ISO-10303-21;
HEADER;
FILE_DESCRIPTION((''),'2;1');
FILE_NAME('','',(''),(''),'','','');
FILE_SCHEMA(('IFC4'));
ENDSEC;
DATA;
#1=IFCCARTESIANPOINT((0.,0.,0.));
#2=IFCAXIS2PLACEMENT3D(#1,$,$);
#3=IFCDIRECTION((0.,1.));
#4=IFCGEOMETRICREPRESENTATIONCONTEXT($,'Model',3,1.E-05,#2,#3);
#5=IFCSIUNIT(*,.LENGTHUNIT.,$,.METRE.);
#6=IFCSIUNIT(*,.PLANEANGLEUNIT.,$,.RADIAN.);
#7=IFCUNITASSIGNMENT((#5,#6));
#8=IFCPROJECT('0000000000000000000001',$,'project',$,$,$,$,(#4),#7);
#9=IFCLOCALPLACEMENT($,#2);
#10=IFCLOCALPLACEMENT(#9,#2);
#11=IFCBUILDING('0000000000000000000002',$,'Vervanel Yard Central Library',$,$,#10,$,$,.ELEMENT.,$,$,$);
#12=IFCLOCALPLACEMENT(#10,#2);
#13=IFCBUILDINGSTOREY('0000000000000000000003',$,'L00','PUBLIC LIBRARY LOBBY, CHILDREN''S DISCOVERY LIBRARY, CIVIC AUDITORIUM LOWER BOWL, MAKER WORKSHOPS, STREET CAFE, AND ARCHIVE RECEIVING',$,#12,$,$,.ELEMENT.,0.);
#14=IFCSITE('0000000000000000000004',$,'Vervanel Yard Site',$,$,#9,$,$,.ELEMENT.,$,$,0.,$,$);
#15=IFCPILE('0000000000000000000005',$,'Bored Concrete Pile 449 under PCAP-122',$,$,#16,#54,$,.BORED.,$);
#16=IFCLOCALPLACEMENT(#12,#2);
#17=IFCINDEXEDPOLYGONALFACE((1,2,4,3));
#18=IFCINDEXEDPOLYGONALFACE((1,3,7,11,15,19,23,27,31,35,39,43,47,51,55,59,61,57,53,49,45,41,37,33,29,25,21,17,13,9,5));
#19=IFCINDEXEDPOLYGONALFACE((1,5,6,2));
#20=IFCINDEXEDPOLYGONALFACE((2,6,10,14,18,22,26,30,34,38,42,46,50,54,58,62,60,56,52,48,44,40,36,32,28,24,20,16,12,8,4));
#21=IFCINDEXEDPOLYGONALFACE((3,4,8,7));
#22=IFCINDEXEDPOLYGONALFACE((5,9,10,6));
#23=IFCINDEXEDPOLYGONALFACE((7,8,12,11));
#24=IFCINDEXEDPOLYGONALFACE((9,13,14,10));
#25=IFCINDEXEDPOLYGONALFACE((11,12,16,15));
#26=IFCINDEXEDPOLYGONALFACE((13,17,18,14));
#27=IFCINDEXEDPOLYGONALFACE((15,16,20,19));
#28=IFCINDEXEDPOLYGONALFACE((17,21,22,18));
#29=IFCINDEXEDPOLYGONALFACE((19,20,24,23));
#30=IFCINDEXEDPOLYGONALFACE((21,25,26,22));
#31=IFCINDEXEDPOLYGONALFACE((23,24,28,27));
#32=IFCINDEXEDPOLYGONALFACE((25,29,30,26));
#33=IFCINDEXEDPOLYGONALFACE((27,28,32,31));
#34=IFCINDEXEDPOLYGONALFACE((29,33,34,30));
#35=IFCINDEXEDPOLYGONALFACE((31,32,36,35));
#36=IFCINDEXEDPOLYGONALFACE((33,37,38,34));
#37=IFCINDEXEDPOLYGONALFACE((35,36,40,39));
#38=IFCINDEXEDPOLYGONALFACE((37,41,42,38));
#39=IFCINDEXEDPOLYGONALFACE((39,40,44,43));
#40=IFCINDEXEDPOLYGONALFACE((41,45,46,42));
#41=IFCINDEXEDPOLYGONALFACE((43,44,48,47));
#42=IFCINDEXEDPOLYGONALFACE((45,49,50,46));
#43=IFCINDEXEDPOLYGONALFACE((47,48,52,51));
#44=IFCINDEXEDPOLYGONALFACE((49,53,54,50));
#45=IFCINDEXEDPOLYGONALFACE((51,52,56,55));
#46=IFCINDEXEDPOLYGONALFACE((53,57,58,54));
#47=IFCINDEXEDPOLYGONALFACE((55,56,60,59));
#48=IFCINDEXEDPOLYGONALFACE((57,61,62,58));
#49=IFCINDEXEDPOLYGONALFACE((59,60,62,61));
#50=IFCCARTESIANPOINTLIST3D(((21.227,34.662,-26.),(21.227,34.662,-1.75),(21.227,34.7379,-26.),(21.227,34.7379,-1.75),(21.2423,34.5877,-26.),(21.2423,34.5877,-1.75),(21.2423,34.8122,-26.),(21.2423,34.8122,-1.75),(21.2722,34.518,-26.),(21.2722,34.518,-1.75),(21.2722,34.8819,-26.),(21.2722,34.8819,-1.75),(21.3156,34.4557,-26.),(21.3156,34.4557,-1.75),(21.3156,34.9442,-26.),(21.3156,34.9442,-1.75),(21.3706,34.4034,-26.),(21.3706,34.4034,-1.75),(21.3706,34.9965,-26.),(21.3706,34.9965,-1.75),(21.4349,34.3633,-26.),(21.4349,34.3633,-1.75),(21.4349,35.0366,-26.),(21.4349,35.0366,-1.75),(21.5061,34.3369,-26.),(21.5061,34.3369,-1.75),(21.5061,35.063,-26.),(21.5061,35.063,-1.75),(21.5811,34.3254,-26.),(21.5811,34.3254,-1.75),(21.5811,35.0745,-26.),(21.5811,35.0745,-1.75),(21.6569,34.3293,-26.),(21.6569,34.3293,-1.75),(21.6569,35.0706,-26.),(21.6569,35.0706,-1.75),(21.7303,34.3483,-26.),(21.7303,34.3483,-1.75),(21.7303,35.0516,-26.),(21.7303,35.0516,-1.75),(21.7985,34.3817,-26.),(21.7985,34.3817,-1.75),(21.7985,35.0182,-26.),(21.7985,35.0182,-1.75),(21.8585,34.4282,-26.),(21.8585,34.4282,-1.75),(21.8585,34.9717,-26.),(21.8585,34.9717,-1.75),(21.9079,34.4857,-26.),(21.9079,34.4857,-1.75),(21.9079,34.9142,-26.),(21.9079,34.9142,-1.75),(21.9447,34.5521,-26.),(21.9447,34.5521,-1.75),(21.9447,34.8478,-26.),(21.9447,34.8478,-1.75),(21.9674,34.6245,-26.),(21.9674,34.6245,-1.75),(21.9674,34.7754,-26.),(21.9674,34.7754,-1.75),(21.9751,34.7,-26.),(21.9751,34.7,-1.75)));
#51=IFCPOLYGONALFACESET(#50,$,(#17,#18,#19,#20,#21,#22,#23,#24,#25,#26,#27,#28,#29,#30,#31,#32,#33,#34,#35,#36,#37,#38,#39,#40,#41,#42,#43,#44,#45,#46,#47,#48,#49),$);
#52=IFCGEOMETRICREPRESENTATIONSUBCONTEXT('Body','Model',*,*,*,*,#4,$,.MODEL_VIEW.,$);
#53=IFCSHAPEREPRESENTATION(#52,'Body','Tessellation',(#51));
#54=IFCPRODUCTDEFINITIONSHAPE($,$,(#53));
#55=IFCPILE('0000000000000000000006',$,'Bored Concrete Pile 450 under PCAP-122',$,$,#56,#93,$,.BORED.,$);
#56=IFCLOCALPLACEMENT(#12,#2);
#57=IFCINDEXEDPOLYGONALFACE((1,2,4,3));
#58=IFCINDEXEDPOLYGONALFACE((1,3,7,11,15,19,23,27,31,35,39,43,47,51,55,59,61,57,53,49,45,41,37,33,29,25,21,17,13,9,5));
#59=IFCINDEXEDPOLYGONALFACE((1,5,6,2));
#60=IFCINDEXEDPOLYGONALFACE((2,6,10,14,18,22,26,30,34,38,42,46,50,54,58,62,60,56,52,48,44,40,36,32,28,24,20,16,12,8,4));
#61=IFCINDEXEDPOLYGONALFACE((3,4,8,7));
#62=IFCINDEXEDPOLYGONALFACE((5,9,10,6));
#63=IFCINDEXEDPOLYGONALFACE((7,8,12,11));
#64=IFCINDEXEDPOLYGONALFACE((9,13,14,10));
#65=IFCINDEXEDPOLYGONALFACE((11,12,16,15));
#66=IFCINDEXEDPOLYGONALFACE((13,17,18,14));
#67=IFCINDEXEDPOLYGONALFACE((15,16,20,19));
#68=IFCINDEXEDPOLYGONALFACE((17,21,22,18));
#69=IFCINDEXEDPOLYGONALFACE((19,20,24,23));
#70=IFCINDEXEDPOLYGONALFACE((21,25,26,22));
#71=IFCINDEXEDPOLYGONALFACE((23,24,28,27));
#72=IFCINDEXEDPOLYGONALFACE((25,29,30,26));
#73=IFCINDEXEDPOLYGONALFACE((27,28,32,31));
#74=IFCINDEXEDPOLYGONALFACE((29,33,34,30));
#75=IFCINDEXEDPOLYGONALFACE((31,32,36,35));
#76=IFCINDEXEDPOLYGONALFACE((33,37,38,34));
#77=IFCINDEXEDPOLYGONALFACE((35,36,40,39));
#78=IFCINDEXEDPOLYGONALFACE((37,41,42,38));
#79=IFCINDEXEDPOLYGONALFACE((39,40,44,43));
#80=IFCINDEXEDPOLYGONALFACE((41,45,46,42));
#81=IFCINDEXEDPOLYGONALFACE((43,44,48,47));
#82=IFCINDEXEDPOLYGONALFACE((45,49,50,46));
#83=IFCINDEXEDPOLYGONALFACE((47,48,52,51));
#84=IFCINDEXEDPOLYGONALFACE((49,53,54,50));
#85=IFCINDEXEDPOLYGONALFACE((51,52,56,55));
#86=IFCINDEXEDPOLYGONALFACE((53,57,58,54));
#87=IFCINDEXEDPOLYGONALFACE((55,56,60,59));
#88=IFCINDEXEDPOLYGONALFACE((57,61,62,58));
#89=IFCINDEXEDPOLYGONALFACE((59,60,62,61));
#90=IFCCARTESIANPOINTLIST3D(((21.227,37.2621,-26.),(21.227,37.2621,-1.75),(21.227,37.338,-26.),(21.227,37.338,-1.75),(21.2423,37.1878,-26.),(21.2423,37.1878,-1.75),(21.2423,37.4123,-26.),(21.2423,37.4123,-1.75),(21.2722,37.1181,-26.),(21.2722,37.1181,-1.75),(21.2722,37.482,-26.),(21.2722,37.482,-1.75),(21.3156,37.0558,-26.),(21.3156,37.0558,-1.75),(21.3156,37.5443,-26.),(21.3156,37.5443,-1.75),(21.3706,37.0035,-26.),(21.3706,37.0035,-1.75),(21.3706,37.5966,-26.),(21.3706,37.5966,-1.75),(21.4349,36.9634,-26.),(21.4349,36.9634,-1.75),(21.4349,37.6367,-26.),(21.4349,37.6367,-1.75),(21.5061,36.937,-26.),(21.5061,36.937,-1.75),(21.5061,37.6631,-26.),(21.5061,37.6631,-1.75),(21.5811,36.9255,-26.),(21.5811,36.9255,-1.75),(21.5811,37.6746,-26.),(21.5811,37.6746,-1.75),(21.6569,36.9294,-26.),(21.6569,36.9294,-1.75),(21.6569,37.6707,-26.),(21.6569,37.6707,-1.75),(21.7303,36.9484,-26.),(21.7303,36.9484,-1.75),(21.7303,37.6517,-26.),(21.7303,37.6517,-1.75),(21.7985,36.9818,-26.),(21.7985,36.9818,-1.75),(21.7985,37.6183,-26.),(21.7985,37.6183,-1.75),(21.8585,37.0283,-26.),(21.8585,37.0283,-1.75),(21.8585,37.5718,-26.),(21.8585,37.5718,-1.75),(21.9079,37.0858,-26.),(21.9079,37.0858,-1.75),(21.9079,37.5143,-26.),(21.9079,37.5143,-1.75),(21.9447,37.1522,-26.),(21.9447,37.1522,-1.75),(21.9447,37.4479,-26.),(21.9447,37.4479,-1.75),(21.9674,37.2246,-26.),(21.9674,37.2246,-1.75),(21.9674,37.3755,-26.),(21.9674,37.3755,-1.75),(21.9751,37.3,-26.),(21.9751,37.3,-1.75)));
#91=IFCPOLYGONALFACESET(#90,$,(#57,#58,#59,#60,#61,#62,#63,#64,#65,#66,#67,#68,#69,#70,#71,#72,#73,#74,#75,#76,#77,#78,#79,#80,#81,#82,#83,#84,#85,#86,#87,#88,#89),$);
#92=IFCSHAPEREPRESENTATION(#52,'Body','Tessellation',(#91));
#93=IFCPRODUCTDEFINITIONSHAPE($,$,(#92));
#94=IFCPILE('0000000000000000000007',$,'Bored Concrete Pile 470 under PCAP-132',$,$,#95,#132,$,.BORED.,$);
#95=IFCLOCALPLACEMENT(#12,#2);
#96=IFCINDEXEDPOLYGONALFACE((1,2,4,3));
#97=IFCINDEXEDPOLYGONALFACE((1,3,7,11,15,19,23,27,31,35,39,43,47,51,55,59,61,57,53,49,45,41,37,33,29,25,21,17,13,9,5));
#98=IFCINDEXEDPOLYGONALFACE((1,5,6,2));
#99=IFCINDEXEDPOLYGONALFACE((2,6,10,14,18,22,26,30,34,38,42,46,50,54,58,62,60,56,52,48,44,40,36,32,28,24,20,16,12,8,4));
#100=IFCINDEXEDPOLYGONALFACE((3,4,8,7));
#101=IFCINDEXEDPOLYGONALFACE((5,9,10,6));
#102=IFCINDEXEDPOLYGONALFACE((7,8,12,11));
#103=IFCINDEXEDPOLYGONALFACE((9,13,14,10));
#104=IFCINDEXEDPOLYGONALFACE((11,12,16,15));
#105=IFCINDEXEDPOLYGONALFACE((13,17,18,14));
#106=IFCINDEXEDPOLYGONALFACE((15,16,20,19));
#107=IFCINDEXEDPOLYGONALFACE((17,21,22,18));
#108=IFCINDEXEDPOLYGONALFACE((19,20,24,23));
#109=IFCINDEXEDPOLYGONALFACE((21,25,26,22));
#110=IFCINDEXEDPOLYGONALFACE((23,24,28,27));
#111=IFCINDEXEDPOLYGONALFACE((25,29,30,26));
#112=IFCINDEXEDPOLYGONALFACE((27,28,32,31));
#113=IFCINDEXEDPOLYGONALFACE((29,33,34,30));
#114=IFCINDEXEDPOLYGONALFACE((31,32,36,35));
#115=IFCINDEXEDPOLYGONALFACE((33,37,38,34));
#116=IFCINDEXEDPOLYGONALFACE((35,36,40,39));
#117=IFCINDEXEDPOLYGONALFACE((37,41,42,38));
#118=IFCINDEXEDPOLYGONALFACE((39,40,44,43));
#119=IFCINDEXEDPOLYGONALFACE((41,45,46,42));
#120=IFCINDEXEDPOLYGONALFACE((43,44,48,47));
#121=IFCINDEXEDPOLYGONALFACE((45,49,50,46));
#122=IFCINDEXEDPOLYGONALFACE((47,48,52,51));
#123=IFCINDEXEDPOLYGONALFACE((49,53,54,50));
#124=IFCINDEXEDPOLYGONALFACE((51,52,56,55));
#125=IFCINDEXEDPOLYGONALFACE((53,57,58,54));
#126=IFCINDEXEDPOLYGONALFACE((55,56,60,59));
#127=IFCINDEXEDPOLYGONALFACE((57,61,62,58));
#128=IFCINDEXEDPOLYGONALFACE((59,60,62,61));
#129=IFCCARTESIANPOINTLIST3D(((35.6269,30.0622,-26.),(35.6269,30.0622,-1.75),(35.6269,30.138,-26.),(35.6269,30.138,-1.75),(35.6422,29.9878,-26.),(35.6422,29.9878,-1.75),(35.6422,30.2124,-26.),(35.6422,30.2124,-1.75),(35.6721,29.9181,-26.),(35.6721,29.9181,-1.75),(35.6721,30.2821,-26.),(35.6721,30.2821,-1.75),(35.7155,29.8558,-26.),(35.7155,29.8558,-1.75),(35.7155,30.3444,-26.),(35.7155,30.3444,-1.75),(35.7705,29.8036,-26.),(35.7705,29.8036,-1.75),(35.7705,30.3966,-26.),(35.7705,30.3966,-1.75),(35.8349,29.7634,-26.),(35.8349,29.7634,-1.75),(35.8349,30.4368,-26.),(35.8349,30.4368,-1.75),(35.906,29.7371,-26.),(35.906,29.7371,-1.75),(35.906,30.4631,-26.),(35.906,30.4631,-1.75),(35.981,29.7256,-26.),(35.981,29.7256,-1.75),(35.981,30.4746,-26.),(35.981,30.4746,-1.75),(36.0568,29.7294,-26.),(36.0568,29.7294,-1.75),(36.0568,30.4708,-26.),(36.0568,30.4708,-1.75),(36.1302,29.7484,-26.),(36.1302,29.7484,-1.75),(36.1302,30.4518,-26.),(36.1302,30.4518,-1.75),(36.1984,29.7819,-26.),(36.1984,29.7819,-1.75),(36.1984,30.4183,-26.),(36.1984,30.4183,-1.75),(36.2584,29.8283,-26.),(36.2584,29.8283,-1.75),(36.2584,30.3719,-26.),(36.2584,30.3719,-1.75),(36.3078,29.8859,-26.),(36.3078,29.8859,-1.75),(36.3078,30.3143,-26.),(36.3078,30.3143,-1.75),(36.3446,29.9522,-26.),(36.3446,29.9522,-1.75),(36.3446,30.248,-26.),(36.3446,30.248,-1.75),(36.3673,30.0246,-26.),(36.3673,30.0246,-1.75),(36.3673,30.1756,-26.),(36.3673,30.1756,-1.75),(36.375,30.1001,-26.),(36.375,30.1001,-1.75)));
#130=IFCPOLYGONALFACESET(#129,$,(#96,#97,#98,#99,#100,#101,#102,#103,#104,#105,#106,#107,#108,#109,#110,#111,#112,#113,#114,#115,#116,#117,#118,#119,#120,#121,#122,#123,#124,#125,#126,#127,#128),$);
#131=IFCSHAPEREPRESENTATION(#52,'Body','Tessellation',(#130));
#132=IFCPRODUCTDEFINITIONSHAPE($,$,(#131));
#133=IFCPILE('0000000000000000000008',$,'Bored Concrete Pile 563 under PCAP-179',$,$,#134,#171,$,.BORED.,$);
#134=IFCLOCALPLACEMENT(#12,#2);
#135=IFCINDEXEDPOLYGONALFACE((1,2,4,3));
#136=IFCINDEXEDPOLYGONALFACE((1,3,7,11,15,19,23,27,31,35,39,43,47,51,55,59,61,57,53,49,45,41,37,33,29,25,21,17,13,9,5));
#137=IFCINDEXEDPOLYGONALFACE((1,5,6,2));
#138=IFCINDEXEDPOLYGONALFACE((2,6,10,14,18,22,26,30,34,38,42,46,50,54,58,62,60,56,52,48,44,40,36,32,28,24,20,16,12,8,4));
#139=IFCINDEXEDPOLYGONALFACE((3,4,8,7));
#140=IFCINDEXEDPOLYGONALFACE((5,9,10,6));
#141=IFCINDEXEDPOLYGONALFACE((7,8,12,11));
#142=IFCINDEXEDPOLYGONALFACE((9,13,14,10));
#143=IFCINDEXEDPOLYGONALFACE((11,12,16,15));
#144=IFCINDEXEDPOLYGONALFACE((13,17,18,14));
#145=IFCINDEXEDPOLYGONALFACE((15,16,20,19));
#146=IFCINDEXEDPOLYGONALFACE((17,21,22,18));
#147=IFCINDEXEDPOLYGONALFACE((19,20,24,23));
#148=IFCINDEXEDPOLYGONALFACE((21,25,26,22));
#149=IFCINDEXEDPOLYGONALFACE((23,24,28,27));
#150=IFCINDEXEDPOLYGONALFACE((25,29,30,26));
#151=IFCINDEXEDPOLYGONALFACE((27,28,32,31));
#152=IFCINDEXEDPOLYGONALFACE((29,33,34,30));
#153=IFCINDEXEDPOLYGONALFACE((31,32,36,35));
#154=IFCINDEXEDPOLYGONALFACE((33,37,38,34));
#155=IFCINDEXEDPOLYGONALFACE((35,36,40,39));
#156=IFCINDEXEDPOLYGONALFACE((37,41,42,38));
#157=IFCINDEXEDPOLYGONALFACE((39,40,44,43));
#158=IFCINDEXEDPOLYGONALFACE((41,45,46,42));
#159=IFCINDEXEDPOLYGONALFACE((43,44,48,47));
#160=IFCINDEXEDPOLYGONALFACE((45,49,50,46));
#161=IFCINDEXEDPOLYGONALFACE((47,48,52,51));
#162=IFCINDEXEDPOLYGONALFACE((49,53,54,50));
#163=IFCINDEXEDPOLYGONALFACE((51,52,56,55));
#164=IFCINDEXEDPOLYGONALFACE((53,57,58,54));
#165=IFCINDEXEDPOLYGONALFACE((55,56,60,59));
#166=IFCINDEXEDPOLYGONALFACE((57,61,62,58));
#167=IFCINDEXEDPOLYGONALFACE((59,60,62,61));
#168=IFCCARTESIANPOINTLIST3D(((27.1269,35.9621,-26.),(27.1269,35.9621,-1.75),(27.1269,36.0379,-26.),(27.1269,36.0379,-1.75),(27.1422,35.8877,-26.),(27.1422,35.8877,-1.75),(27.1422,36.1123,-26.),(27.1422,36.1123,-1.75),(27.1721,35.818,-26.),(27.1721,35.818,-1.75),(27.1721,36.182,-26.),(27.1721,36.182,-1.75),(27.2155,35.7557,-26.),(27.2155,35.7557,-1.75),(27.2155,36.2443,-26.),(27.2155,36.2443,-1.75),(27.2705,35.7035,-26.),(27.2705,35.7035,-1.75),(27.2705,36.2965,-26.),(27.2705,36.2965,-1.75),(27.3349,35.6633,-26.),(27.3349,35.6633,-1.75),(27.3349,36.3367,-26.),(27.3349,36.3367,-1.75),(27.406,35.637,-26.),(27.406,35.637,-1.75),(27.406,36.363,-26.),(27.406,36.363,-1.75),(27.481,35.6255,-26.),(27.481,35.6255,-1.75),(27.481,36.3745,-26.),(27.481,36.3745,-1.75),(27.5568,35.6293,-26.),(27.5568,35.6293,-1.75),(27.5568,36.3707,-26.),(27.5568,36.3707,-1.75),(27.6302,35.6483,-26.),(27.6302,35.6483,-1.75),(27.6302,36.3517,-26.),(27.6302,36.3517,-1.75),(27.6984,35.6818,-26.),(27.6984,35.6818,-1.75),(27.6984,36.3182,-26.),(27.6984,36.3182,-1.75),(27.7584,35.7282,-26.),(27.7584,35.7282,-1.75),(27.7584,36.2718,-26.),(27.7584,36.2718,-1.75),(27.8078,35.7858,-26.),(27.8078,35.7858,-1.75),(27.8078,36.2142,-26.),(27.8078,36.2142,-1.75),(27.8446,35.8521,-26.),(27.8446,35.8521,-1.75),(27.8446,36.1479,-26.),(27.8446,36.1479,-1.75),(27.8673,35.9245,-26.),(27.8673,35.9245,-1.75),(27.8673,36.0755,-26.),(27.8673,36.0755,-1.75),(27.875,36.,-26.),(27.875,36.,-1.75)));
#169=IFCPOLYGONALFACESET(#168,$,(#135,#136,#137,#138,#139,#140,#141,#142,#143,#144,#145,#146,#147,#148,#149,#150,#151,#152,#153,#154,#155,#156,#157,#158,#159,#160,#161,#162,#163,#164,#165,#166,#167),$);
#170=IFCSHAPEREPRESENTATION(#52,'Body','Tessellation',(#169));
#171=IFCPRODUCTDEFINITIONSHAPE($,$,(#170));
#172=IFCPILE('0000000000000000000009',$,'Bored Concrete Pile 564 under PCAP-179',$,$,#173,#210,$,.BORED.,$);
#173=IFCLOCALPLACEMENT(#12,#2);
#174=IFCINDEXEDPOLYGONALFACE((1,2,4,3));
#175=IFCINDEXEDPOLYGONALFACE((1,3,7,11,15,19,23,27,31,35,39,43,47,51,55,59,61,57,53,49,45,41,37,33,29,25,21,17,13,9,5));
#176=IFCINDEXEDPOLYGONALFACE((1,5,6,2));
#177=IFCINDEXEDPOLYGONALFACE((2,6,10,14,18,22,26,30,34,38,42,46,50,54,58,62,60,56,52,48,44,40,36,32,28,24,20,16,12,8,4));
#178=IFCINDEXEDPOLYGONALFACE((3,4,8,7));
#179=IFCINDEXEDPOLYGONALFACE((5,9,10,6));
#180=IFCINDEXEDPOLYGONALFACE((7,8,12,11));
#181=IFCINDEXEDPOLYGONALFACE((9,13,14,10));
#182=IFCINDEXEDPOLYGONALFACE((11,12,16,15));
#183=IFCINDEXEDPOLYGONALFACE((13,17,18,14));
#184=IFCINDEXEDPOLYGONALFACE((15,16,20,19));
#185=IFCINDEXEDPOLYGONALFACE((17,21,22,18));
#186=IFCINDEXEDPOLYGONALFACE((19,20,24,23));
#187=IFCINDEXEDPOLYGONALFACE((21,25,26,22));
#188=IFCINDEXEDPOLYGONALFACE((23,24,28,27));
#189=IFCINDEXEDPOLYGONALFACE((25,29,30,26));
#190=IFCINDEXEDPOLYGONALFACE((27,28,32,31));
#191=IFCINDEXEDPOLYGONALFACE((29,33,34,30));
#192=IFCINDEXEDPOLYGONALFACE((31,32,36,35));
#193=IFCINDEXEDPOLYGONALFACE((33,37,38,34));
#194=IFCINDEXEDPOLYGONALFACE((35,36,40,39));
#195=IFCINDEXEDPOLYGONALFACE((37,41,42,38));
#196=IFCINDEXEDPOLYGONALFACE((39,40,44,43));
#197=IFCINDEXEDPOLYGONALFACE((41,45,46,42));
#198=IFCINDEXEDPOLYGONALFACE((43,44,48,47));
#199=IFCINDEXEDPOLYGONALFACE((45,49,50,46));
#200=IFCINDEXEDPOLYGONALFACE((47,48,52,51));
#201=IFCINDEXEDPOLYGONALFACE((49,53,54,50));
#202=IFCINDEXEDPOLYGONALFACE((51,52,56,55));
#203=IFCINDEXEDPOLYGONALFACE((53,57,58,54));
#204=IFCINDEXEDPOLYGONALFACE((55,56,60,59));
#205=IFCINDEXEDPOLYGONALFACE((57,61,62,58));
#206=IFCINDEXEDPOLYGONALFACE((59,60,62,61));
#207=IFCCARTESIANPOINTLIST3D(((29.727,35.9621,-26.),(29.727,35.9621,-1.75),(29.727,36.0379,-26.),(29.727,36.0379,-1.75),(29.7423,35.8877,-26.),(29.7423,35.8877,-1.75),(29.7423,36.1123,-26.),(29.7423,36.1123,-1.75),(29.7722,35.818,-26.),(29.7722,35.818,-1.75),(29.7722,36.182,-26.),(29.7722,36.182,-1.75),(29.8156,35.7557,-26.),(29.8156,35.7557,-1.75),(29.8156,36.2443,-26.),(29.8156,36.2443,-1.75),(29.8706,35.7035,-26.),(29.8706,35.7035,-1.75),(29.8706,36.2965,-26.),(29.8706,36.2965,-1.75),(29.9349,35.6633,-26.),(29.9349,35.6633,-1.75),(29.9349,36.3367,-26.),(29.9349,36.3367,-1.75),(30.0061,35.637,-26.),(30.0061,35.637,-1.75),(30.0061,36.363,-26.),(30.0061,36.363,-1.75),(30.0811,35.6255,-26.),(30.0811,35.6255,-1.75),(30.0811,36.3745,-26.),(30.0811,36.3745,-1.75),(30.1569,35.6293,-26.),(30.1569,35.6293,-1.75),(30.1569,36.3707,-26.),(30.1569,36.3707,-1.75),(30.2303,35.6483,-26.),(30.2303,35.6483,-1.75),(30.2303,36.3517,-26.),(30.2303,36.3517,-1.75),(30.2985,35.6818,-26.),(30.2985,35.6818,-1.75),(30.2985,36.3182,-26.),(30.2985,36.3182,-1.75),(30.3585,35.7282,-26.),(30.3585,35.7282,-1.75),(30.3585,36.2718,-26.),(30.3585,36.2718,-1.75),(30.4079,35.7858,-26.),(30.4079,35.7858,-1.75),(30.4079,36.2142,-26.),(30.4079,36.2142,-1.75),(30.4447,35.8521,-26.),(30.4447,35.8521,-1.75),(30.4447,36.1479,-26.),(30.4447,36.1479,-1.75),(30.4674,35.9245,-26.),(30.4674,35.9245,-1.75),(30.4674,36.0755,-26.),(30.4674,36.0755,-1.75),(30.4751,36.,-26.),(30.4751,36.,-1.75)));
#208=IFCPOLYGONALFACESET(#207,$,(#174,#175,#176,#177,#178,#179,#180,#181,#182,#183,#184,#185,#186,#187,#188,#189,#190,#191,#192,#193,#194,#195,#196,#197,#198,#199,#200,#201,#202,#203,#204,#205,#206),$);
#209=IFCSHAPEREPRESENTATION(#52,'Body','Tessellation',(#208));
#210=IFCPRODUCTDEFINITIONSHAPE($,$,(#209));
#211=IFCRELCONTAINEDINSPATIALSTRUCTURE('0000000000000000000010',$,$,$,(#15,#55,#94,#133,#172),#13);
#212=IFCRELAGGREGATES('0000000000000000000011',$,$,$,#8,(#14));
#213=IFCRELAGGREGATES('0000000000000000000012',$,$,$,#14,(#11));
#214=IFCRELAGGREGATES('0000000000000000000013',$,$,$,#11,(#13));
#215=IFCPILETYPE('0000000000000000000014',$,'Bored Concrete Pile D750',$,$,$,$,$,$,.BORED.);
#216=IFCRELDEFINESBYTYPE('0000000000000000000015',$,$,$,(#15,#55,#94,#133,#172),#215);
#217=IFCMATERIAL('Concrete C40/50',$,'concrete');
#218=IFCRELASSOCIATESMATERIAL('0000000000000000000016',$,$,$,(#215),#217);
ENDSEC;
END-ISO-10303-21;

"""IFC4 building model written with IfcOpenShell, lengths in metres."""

from ifc_helpers import new_model, si_unit, direction, frame, origin, origin_2d, place, context, subcontext, project, spatial, circle, extrude, material, material_profile, profile_set, type_object, element, save


model = new_model("IFC4")

# Units and contexts
model_context = context("Model", 3, precision=1e-05, world=origin(), true_north=direction((0.0, 1.0)))
body_context = subcontext(model_context, "Body", "Model", "MODEL_VIEW")
ifc_project = project(units=[si_unit("LENGTHUNIT", "METRE"), si_unit("PLANEANGLEUNIT", "RADIAN")], contexts=[model_context])

# Site, building, storey
site_placement = place(None, origin())
site = spatial("IfcSite", under=ifc_project, at=site_placement, Name="Vervanel Yard Site", CompositionType="ELEMENT", RefElevation=0.0)
building_placement = place(site_placement, origin())
building = spatial("IfcBuilding", under=site, at=building_placement, Name="Vervanel Yard Central Library", CompositionType="ELEMENT")
storey_placement = place(building_placement, origin())
storey = spatial("IfcBuildingStorey", under=building, at=storey_placement, Name="L00", Description="PUBLIC LIBRARY LOBBY, CHILDREN'S DISCOVERY LIBRARY, CIVIC AUDITORIUM LOWER BOWL, MAKER WORKSHOPS, STREET CAFE, AND ARCHIVE RECEIVING", CompositionType="ELEMENT", Elevation=0.0)

# Piles
ifc_material_1 = material(Name="Concrete C40/50", Category="concrete")
ifc_material_profile_1 = material_profile(ifc_material_1, circle(Radius=0.375, at=origin_2d()), Name="BP D750", Category="concrete")
ifc_profile_set_1 = profile_set([ifc_material_profile_1], Name="Concrete C40/50")
pile_type = type_object("IfcPileType", Name="Bored Concrete Pile D750", PredefinedType="BORED", material=ifc_profile_set_1)
for number, where, z_axis, x_axis, name in (
    (1, (21.6001, 34.7, -1.75), (0.0, 0.0, -1.0), (1.0, 0.0, 0.0), "Bored Concrete Pile 449 under PCAP-122"),
    (2, (21.6001, 37.3, -1.75), (0.0, 0.0, -1.0), (1.0, 0.0, 0.0), "Bored Concrete Pile 450 under PCAP-122"),
    (3, (36.0, 30.1001, -1.75), (0.0, 0.0, -1.0), (1.0, 0.0, 0.0), "Bored Concrete Pile 470 under PCAP-132"),
    (4, (27.5, 36.0, -1.75), (0.0, 0.0, -1.0), (1.0, 0.0, 0.0), "Bored Concrete Pile 563 under PCAP-179"),
    (5, (30.1001, 36.0, -1.75), (0.0, 0.0, -1.0), (1.0, 0.0, 0.0), "Bored Concrete Pile 564 under PCAP-179"),
):
    element("IfcPile", number, at=place(storey_placement, frame(where, z_axis=z_axis, x_axis=x_axis)), inside=storey, type_object=pile_type, Name=name, PredefinedType="BORED", context=body_context, shape_type="SweptSolid", body=[
        extrude(circle(Radius=0.375, at=origin_2d()), origin(), (0.0, 0.0, 1.0), 24.25),
    ])

save(model, "model.ifc")
